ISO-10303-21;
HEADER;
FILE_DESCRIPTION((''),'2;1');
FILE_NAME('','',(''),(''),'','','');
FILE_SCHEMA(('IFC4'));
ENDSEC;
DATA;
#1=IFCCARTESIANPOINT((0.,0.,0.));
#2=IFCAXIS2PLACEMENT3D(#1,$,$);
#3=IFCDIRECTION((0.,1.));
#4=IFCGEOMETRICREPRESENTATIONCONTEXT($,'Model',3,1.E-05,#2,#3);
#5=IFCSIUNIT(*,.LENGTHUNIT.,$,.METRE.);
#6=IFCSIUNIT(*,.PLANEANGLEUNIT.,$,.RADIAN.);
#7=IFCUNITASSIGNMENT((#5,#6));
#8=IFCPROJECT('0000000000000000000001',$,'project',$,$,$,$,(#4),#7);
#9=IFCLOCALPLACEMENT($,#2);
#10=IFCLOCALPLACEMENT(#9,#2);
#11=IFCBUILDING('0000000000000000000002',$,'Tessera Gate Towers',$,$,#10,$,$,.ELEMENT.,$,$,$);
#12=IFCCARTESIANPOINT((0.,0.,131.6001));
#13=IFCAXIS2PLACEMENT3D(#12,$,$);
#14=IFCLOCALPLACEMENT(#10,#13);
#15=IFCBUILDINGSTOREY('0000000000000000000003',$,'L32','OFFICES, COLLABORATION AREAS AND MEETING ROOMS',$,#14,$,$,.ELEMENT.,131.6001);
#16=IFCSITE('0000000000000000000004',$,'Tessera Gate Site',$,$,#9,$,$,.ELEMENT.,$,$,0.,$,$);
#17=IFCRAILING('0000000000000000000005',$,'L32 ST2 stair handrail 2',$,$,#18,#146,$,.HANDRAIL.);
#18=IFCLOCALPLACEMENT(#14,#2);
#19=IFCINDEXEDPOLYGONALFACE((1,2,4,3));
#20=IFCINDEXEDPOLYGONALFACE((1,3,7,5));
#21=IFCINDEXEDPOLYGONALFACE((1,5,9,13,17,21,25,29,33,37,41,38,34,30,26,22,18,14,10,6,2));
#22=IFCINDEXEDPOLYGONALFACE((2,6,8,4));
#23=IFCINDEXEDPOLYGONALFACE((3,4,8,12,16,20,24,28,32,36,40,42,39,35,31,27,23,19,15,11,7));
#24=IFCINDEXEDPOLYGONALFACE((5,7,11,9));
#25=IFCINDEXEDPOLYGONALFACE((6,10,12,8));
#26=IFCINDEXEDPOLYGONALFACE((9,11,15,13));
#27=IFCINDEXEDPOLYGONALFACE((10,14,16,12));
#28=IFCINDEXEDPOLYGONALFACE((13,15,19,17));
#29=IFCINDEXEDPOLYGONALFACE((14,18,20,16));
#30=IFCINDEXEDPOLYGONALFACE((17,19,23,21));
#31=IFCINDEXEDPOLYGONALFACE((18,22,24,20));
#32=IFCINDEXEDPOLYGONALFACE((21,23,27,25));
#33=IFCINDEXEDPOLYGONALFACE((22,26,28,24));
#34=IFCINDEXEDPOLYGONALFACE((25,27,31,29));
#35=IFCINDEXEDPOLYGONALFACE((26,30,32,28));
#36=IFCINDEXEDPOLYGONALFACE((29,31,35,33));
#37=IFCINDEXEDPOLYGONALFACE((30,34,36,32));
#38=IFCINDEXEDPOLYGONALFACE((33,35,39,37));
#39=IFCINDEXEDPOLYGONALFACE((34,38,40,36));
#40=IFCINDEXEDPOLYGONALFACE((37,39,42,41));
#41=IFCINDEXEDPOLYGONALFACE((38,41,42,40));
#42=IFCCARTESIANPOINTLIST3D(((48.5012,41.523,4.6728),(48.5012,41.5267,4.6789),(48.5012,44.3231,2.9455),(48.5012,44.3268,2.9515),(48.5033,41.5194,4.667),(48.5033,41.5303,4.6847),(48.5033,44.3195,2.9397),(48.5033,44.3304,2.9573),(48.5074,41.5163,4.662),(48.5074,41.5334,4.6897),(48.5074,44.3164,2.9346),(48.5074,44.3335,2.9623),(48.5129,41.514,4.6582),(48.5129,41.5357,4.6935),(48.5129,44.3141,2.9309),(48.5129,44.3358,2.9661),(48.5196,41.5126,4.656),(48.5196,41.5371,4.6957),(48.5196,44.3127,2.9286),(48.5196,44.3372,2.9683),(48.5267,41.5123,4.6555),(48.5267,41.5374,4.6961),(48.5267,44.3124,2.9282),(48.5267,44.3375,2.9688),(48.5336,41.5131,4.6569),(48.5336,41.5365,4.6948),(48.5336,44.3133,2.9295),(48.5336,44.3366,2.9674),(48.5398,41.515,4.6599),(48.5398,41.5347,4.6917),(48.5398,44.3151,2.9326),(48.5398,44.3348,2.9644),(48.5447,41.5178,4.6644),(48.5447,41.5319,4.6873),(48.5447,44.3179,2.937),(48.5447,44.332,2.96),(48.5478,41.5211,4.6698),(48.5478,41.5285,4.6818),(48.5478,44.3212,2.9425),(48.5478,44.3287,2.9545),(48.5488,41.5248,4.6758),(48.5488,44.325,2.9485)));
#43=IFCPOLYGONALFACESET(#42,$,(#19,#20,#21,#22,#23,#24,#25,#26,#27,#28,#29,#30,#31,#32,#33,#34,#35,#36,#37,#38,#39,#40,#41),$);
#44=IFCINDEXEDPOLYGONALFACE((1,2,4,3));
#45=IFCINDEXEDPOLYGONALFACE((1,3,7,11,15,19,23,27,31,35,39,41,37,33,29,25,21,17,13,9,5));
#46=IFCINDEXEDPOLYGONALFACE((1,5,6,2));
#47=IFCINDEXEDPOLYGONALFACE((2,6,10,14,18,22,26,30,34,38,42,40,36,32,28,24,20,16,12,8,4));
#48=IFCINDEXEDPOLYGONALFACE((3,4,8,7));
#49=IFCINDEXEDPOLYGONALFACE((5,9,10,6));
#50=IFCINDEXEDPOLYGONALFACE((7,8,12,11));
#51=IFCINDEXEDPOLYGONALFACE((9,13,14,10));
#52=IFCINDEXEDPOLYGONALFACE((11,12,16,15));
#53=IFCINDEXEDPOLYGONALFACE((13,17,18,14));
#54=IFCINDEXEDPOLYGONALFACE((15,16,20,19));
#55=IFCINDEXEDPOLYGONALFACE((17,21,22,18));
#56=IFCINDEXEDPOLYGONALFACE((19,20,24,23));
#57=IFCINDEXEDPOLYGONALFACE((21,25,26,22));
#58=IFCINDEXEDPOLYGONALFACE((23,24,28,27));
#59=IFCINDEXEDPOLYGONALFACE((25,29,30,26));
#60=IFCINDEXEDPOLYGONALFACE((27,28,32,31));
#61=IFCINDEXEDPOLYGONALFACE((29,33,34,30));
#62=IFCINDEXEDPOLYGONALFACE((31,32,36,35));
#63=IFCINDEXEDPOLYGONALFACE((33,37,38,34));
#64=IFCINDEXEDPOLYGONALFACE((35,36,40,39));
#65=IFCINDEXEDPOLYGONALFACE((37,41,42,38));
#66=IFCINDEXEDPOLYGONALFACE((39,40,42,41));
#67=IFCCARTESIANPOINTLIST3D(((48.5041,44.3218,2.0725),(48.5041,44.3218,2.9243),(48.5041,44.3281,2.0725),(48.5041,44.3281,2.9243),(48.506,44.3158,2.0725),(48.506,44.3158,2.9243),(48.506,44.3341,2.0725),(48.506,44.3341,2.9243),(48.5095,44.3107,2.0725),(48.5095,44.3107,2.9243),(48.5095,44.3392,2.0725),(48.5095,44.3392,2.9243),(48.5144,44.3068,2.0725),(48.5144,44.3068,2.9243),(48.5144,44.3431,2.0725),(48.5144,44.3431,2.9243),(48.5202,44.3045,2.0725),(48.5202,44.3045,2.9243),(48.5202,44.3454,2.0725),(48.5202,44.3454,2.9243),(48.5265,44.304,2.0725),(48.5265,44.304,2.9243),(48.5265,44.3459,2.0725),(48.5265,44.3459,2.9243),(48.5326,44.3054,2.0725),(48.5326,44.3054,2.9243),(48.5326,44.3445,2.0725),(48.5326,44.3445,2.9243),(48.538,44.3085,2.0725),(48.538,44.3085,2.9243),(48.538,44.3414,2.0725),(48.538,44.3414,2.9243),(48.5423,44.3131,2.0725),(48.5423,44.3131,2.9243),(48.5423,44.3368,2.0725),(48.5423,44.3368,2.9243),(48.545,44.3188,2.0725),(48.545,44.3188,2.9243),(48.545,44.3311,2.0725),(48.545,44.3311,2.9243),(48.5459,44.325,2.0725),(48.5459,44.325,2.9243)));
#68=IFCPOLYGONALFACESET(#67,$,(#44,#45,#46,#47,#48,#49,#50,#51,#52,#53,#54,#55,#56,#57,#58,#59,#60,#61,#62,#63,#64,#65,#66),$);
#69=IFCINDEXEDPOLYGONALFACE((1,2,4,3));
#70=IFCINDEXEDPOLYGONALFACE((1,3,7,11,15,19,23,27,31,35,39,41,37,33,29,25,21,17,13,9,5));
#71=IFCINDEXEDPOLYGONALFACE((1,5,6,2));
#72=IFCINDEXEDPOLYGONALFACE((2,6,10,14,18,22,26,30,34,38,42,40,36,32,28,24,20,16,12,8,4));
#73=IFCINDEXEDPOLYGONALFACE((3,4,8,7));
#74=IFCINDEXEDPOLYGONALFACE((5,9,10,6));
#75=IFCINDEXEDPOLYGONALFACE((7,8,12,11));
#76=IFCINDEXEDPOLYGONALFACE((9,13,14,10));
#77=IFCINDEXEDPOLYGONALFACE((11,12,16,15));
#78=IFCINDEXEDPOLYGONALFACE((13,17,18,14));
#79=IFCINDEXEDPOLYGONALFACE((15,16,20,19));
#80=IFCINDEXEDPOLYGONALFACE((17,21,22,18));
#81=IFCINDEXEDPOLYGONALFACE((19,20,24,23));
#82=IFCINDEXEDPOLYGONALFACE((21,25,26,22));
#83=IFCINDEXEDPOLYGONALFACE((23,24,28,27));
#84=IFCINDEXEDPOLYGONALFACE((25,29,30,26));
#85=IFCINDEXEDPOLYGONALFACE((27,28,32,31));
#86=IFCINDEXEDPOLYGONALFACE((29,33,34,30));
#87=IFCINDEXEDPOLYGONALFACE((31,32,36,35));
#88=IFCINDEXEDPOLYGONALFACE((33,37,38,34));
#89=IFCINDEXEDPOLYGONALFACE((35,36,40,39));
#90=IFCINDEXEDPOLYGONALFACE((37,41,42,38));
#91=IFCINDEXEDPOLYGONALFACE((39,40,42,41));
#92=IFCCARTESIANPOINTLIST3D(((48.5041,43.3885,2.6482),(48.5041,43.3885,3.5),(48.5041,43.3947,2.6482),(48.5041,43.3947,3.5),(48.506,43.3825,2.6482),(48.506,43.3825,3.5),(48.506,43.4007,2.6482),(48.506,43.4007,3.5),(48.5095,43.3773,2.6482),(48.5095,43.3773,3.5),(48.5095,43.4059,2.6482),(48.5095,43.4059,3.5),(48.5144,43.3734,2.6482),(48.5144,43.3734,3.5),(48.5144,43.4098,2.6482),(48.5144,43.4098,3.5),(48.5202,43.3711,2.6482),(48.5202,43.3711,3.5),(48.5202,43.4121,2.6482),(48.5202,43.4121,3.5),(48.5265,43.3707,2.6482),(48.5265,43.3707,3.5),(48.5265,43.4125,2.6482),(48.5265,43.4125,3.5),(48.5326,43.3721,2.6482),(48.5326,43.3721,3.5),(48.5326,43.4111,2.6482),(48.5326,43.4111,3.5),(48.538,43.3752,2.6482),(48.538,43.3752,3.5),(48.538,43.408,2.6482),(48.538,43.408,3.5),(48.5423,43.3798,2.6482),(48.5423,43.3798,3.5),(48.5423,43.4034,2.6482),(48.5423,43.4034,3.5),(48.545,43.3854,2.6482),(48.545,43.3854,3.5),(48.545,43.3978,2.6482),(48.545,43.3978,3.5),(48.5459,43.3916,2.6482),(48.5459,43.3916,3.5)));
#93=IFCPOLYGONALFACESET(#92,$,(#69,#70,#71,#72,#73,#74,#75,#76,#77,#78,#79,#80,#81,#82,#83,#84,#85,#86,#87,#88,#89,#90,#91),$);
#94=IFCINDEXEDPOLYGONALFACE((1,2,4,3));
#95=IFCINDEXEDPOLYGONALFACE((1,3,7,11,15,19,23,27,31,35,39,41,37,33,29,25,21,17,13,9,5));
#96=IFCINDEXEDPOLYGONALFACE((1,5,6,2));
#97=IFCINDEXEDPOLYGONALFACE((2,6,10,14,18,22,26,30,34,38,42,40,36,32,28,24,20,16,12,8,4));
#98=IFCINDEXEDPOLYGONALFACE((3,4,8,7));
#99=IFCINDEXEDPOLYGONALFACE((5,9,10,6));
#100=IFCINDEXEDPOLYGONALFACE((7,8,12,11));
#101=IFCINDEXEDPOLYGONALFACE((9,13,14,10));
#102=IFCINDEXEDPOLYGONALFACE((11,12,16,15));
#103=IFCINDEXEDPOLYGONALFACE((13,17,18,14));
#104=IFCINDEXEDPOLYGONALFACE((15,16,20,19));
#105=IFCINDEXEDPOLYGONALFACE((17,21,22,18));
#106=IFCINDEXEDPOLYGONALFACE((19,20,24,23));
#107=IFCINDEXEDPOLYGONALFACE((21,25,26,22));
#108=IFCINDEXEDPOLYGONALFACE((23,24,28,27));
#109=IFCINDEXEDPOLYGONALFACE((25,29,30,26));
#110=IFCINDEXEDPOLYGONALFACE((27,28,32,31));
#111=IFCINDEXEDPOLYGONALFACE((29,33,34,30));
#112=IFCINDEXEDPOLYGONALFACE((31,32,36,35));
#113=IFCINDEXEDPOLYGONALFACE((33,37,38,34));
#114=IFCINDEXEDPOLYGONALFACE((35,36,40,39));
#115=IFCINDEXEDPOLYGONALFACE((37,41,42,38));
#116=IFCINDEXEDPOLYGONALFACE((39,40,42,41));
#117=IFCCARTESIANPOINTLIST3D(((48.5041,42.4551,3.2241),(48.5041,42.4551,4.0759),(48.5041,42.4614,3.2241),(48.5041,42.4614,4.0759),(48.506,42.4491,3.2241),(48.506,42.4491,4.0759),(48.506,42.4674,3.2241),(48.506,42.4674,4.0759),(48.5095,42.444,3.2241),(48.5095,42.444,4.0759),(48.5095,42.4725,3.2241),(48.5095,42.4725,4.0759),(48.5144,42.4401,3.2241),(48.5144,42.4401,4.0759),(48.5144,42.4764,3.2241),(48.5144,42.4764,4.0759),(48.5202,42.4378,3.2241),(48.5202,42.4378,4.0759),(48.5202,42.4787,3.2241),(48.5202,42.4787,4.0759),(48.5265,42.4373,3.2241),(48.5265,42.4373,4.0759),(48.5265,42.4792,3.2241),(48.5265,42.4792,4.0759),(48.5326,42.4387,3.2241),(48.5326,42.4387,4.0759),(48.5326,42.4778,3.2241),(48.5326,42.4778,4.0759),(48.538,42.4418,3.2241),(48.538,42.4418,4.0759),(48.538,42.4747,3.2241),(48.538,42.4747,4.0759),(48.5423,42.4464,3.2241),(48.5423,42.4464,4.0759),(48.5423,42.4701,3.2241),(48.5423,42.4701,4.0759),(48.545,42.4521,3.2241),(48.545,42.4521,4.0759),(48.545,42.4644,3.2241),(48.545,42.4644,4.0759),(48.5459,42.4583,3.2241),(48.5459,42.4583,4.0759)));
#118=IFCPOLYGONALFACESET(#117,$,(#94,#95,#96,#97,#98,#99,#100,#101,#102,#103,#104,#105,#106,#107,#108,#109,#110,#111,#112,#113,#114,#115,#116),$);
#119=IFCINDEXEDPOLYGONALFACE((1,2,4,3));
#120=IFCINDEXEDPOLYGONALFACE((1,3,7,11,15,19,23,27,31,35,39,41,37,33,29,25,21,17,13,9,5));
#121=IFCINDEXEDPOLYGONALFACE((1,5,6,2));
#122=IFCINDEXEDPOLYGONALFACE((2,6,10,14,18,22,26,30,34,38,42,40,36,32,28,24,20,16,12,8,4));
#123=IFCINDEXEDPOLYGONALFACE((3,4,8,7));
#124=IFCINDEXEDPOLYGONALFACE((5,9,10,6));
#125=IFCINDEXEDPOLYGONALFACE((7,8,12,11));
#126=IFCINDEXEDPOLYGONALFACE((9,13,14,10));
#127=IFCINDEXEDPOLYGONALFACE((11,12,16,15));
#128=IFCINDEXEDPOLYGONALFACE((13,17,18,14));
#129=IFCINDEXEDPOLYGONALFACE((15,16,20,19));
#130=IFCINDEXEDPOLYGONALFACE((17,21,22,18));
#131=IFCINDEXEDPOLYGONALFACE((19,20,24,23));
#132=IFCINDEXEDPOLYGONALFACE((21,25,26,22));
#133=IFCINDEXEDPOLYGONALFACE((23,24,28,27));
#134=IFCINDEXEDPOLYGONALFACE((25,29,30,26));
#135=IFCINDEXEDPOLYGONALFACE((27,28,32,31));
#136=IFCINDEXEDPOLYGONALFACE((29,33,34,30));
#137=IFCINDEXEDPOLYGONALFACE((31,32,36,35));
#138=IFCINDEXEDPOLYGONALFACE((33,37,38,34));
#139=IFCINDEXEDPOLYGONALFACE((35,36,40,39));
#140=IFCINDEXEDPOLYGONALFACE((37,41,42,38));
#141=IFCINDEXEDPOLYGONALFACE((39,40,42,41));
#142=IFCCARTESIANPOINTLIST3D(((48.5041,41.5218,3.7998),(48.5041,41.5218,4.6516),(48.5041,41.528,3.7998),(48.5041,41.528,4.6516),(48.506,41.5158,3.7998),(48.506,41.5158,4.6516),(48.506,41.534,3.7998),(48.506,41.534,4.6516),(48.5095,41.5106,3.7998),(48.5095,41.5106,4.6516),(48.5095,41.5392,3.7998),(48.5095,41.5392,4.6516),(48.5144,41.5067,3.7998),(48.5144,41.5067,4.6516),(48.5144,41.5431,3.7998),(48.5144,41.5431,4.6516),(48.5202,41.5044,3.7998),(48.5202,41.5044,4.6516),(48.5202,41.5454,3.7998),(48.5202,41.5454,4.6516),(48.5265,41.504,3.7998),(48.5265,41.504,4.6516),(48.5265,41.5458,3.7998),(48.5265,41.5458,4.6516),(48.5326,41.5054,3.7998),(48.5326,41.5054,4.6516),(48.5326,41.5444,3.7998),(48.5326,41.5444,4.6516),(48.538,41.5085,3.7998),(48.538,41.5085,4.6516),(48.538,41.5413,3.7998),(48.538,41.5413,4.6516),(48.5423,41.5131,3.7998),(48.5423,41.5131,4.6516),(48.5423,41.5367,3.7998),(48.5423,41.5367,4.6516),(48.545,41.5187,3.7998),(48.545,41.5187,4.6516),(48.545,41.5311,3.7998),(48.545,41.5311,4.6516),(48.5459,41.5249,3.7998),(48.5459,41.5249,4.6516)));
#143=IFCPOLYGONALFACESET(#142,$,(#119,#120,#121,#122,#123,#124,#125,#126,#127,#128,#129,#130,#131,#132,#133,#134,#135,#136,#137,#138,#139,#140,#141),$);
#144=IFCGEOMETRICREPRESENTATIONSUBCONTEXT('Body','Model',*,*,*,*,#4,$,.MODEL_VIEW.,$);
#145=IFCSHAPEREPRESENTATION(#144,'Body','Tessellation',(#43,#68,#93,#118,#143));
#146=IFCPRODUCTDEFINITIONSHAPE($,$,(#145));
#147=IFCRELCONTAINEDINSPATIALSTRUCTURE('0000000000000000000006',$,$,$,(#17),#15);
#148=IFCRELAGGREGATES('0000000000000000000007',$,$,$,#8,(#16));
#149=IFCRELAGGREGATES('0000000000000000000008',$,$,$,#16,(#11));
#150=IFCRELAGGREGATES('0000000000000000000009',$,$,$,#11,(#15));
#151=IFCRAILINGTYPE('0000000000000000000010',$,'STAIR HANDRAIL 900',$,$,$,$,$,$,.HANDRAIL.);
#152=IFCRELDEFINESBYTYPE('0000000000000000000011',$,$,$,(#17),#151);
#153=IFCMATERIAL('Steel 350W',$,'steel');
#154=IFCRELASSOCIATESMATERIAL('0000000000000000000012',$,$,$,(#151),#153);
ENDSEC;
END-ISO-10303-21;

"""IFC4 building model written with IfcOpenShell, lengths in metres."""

from ifc_helpers import new_model, si_unit, direction, frame, origin, origin_2d, place, context, subcontext, project, spatial, circle, extrude, material, type_object, element, save


model = new_model("IFC4")

# Units and contexts
model_context = context("Model", 3, precision=1e-05, world=origin(), true_north=direction((0.0, 1.0)))
body_context = subcontext(model_context, "Body", "Model", "MODEL_VIEW")
ifc_project = project(units=[si_unit("LENGTHUNIT", "METRE"), si_unit("PLANEANGLEUNIT", "RADIAN")], contexts=[model_context])

# Site, building, storey
site_placement = place(None, origin())
site = spatial("IfcSite", under=ifc_project, at=site_placement, Name="Tessera Gate Site", CompositionType="ELEMENT", RefElevation=0.0)
building_placement = place(site_placement, origin())
building = spatial("IfcBuilding", under=site, at=building_placement, Name="Tessera Gate Towers", CompositionType="ELEMENT")
storey_placement = place(building_placement, frame((0.0, 0.0, 131.6001)))
storey = spatial("IfcBuildingStorey", under=building, at=storey_placement, Name="L32", Description="OFFICES, COLLABORATION AREAS AND MEETING ROOMS", CompositionType="ELEMENT", Elevation=131.6001)

# Railing
ifc_material_1 = material(Name="Steel 350W", Category="steel")
railing_type_1 = type_object("IfcRailingType", Name="STAIR HANDRAIL 900", PredefinedType="HANDRAIL", material=ifc_material_1)
railing_1_placement = place(storey_placement, frame((48.5249, 44.325, 2.0725)))
element("IfcRailing", 1, at=railing_1_placement, inside=storey, type_object=railing_type_1, Name="L32 ST2 stair handrail 2", PredefinedType="HANDRAIL", context=body_context, shape_type="SweptSolid", body=[
    extrude(circle(Radius=0.0239, at=origin_2d()), frame((0.0, 0.0, 0.876), z_axis=(0.0, -0.85109, 0.52502), x_axis=(1.0, 0.0, 0.0)), (0.0, 0.0, 1.0), 3.29),
    extrude(circle(Radius=0.021, at=origin_2d()), origin(), (0.0, 0.0, 1.0), 0.8518),
    extrude(circle(Radius=0.021, at=origin_2d()), frame((0.0, -0.9333, 0.5757)), (0.0, 0.0, 1.0), 0.8518),
    extrude(circle(Radius=0.021, at=origin_2d()), frame((0.0, -1.8667, 1.1516)), (0.0, 0.0, 1.0), 0.8518),
    extrude(circle(Radius=0.021, at=origin_2d()), frame((0.0, -2.8, 1.7273)), (0.0, 0.0, 1.0), 0.8518),
])

save(model, "model.ifc")
